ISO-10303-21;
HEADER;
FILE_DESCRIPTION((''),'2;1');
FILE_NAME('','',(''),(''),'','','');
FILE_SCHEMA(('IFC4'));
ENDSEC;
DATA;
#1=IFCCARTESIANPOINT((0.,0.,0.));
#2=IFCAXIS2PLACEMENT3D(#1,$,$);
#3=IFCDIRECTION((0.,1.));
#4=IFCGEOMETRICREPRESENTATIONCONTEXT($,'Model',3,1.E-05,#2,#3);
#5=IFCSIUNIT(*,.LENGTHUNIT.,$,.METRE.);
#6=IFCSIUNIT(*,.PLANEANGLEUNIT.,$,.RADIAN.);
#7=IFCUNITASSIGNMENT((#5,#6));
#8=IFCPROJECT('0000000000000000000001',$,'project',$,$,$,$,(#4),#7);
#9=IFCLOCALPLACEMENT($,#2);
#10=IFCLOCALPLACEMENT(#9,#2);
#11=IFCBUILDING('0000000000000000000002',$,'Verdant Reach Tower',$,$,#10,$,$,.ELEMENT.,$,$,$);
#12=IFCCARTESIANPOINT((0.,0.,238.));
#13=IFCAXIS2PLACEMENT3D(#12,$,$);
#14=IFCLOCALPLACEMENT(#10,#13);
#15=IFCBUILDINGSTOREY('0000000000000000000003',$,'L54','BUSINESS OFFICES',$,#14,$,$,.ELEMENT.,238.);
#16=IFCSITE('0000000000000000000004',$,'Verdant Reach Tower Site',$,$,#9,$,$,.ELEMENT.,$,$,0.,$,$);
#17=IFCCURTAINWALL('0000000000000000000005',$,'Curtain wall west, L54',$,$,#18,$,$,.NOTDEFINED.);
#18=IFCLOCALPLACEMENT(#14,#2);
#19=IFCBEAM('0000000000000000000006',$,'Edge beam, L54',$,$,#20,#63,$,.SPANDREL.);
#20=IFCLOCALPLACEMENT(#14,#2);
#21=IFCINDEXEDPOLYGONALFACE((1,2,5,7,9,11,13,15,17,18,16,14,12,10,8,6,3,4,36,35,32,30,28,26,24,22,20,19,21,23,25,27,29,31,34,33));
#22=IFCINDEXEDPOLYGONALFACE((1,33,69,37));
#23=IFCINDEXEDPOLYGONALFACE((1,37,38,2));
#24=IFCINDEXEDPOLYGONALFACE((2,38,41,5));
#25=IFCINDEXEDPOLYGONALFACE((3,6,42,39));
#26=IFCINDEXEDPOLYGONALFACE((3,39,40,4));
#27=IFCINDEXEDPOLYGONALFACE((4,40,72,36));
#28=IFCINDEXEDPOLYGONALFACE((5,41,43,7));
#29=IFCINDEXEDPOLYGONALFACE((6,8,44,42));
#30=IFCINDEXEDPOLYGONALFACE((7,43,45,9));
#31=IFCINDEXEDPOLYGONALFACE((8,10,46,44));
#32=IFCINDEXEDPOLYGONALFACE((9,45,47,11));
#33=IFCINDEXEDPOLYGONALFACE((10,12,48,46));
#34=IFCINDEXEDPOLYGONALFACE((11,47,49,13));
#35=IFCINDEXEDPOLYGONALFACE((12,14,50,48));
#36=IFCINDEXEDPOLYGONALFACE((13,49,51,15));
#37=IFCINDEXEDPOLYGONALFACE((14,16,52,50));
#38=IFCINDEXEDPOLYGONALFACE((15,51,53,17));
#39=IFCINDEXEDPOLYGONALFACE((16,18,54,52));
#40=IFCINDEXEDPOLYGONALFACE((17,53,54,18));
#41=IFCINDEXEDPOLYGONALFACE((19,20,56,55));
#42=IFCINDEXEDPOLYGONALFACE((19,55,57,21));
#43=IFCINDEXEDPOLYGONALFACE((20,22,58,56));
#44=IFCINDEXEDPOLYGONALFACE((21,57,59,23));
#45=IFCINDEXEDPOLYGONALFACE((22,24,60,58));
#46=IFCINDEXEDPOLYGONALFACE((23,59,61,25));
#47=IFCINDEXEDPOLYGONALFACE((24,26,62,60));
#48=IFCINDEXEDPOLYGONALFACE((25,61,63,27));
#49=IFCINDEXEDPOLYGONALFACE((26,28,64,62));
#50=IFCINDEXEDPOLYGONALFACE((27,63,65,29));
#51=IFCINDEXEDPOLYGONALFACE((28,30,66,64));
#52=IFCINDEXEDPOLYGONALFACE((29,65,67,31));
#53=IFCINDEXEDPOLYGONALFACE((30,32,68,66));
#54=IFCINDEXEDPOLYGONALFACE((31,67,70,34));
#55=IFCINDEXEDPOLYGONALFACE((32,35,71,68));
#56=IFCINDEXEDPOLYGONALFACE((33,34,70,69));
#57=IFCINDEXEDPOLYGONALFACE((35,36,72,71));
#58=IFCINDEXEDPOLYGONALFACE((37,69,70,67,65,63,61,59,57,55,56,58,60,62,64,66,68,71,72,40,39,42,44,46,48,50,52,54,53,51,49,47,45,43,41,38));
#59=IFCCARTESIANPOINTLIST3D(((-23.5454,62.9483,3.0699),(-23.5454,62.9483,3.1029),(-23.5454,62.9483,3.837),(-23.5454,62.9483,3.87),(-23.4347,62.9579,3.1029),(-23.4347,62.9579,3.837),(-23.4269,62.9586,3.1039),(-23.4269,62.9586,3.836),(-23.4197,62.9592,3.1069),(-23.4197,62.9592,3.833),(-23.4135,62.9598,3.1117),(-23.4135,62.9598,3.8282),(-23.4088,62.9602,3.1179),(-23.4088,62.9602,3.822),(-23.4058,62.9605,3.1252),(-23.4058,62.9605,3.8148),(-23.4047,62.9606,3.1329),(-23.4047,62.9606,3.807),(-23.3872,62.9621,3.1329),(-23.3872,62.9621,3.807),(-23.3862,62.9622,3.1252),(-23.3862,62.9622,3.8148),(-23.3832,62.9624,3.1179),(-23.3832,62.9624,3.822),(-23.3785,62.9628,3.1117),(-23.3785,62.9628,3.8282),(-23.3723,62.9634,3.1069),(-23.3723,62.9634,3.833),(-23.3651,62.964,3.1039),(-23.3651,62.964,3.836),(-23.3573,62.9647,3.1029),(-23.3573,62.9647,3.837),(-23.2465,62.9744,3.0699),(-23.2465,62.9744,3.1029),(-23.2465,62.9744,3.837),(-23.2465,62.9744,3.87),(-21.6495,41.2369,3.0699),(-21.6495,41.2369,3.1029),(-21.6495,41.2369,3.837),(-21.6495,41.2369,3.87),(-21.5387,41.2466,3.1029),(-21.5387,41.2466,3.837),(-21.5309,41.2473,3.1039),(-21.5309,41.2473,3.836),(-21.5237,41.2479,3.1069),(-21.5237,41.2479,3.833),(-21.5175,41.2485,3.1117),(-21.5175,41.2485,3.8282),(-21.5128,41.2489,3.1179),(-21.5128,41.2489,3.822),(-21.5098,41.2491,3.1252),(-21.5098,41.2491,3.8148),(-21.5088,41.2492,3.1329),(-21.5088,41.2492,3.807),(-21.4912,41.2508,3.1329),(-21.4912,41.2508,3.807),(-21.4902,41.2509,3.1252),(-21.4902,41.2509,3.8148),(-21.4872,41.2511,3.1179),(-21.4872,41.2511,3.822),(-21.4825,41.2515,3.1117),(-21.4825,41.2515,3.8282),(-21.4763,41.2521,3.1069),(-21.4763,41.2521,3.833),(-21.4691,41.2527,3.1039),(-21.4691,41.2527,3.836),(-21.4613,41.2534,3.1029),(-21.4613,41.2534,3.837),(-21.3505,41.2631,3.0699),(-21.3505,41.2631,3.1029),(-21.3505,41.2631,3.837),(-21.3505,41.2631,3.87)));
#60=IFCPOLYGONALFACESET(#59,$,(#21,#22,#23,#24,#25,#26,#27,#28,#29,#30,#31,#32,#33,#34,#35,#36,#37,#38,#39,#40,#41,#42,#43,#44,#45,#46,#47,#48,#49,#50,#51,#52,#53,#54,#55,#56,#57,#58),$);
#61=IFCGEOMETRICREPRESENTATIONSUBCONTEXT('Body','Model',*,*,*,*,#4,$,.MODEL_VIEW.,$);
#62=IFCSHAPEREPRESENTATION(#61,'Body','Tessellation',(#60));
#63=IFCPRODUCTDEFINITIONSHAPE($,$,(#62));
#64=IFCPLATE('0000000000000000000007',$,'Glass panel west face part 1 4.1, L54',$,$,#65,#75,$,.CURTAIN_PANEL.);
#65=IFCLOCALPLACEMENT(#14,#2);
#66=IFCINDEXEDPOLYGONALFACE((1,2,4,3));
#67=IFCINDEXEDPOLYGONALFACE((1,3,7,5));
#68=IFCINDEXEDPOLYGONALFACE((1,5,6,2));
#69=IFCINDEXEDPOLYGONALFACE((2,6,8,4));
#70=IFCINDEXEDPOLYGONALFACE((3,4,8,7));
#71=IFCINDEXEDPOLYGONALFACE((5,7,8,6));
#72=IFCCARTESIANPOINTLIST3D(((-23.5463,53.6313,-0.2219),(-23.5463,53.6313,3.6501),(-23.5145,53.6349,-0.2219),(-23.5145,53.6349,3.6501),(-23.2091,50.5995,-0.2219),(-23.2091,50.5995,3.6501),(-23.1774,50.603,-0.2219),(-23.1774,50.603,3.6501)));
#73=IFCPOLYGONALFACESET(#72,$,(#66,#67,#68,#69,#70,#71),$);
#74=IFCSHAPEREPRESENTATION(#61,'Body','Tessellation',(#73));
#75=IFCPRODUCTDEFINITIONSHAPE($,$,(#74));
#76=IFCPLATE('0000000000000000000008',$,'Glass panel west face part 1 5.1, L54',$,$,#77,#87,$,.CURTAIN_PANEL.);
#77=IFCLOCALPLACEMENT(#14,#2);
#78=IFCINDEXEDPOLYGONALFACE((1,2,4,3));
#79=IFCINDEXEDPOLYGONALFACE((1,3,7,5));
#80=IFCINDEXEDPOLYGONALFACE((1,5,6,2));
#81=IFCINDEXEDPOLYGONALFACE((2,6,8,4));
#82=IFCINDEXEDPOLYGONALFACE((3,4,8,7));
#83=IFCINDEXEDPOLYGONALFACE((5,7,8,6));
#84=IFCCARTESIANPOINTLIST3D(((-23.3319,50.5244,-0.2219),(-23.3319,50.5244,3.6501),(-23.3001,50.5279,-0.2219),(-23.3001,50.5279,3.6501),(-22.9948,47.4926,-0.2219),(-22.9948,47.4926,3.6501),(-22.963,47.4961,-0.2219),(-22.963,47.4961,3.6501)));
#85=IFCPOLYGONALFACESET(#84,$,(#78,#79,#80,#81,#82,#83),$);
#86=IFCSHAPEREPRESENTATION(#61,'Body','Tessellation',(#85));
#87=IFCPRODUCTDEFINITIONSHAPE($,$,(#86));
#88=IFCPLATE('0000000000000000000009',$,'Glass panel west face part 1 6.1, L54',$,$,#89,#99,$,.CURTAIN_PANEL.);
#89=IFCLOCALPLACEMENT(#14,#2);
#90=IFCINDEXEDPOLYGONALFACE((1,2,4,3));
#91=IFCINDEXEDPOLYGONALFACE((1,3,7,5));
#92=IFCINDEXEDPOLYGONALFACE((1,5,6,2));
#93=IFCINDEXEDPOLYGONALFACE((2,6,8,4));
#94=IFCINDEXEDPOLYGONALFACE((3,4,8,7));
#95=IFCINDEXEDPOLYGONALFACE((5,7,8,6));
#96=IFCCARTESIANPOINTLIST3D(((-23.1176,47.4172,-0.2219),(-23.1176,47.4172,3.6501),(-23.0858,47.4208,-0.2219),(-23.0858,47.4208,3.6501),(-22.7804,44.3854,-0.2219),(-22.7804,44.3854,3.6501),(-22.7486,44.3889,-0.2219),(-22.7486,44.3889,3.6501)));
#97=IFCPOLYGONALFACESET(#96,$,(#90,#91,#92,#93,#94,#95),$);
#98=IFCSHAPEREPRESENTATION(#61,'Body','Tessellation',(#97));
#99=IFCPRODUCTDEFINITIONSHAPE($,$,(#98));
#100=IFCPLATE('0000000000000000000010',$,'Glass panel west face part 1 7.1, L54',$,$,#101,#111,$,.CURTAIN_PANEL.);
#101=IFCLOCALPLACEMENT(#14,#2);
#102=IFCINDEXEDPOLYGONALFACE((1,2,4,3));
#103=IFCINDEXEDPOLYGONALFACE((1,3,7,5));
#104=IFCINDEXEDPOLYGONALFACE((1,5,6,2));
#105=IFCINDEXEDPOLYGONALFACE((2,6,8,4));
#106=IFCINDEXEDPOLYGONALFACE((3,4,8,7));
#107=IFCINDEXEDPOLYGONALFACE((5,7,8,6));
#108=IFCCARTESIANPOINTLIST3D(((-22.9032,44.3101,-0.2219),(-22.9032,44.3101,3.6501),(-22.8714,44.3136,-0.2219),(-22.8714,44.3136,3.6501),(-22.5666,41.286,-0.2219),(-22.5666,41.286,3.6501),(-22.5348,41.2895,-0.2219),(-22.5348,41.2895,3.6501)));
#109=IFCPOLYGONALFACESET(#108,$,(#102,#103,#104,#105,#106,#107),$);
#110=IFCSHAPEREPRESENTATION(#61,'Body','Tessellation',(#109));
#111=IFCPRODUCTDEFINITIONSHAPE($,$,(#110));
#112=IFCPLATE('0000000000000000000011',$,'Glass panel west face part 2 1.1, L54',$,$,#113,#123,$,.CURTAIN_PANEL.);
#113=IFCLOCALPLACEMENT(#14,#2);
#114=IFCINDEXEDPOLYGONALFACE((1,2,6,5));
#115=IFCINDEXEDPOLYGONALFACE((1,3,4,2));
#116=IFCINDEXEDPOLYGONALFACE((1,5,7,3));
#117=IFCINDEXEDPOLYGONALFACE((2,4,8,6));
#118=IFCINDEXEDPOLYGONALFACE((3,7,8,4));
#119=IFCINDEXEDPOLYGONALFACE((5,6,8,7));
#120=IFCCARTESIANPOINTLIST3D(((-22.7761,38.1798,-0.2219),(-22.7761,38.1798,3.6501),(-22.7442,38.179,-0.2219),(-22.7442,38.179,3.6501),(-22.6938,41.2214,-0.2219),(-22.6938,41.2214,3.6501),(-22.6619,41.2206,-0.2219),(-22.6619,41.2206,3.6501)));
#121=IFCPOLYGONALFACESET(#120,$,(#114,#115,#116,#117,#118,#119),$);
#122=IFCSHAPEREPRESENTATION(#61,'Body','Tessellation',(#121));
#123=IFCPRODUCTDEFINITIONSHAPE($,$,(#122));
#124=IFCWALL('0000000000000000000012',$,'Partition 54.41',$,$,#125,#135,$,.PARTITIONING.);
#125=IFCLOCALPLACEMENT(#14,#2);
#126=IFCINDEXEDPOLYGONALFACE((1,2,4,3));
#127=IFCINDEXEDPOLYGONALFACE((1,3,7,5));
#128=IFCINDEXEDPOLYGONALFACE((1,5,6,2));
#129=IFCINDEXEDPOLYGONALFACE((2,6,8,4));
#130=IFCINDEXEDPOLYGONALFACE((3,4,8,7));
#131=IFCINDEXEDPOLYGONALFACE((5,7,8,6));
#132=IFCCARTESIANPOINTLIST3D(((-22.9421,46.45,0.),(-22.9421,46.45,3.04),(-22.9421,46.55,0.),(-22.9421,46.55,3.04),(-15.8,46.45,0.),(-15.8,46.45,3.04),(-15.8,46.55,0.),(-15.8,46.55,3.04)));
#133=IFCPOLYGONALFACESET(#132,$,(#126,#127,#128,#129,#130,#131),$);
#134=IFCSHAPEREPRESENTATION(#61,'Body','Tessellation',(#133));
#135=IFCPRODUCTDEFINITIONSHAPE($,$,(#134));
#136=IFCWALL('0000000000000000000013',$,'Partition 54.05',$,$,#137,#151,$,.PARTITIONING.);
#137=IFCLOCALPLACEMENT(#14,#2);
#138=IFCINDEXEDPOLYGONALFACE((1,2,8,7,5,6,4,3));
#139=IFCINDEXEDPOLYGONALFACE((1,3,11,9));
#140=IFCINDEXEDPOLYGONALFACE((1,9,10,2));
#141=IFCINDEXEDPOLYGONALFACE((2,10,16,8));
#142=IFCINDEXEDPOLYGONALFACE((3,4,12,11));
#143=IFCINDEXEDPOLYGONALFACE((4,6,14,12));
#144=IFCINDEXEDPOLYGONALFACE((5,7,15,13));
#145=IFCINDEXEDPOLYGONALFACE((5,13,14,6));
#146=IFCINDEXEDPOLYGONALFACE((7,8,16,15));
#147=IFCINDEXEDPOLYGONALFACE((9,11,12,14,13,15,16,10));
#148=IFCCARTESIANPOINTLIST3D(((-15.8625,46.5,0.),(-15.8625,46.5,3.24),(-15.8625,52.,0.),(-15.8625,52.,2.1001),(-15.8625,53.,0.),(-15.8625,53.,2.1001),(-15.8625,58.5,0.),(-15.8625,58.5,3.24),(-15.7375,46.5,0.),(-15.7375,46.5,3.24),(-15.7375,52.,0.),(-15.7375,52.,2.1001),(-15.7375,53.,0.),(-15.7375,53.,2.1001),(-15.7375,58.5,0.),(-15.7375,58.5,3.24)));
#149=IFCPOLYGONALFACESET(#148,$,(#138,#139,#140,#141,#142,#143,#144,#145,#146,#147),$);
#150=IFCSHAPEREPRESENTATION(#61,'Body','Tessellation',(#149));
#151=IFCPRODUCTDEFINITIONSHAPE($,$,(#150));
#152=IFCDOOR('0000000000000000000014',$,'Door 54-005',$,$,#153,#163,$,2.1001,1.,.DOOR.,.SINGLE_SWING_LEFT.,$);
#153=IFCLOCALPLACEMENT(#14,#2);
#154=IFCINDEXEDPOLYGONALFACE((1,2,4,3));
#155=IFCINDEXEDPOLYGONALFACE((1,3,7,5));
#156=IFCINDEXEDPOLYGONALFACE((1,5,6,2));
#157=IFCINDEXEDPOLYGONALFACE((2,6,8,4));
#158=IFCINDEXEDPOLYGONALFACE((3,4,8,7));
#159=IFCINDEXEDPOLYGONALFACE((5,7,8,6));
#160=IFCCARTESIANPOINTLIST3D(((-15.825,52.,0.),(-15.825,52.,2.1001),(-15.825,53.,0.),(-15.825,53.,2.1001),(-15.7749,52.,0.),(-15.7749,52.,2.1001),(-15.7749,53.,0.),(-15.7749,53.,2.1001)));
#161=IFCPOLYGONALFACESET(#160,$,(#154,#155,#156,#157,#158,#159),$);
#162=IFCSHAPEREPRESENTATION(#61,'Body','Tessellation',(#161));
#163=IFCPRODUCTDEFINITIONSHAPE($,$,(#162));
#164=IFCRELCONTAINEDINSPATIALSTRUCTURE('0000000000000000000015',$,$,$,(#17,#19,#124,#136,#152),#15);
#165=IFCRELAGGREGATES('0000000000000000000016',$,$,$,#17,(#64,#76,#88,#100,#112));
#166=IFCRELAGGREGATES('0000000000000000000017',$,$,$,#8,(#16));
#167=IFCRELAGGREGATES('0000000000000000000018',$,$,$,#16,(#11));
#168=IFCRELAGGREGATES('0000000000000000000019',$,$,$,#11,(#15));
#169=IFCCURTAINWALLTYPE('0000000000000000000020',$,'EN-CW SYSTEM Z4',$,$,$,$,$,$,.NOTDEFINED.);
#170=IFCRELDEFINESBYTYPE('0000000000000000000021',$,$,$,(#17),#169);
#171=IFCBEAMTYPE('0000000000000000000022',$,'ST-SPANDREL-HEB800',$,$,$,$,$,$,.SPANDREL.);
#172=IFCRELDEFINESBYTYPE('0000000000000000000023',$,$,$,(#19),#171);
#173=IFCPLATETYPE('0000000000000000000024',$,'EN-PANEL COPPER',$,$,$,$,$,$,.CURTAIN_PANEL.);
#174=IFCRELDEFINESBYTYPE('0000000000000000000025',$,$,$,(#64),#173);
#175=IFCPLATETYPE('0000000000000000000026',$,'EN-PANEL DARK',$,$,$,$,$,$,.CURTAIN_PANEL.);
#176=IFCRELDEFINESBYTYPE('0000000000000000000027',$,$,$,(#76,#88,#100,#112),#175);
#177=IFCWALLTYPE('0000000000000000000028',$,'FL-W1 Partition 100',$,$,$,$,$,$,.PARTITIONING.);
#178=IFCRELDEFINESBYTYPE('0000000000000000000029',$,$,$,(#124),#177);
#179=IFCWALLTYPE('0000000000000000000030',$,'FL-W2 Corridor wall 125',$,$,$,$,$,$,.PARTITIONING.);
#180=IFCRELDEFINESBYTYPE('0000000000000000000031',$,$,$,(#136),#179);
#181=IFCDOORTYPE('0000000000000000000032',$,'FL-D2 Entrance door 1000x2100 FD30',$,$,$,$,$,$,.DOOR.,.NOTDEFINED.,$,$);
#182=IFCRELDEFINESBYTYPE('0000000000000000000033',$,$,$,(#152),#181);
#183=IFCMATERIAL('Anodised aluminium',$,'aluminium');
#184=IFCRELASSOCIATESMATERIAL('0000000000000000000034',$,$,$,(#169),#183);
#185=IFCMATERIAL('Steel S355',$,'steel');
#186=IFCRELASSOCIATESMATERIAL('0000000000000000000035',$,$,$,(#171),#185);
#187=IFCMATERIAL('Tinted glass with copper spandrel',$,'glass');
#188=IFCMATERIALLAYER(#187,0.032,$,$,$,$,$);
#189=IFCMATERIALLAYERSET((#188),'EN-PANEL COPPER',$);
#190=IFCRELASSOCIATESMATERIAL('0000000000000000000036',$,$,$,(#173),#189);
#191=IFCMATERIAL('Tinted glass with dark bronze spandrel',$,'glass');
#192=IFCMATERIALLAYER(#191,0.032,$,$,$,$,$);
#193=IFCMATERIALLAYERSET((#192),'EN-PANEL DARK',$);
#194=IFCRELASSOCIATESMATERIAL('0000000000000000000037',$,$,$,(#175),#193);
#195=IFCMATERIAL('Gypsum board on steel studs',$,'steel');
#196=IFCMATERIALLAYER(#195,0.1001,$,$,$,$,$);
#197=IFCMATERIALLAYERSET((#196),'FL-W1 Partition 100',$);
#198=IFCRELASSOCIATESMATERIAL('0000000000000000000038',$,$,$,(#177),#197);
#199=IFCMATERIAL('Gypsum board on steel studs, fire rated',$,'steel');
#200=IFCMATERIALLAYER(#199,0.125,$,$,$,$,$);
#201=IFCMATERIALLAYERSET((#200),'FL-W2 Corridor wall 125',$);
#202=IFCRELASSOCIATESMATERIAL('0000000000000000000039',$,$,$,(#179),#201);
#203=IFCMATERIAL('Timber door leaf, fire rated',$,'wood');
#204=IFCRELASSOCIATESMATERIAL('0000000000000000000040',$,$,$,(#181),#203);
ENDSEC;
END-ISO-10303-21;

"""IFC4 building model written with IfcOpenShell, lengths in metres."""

from ifc_helpers import new_model, si_unit, direction, frame, frame_2d, origin, origin_2d, place, context, subcontext, project, spatial, rectangle, i_section, extrude, material, layer, layer_set, material_profile, profile_set, type_object, element, fill, aggregate, save


model = new_model("IFC4")

# Units and contexts
model_context = context("Model", 3, precision=1e-05, world=origin(), true_north=direction((0.0, 1.0)))
body_context = subcontext(model_context, "Body", "Model", "MODEL_VIEW")
ifc_project = project(units=[si_unit("LENGTHUNIT", "METRE"), si_unit("PLANEANGLEUNIT", "RADIAN")], contexts=[model_context])

# Site, building, storey
site_placement = place(None, origin())
site = spatial("IfcSite", under=ifc_project, at=site_placement, Name="Verdant Reach Tower Site", CompositionType="ELEMENT", RefElevation=0.0)
building_placement = place(site_placement, origin())
building = spatial("IfcBuilding", under=site, at=building_placement, Name="Verdant Reach Tower", CompositionType="ELEMENT")
storey_placement = place(building_placement, frame((0.0, 0.0, 238.0)))
storey = spatial("IfcBuildingStorey", under=building, at=storey_placement, Name="L54", Description="BUSINESS OFFICES", CompositionType="ELEMENT", Elevation=238.0)

# Curtain wall
ifc_material_1 = material(Name="Anodised aluminium", Category="aluminium")
curtain_wall_type = type_object("IfcCurtainWallType", Name="EN-CW SYSTEM Z4", PredefinedType="NOTDEFINED", material=ifc_material_1)
curtain_wall_placement = place(storey_placement, origin())
curtain_wall = element("IfcCurtainWall", 1, at=curtain_wall_placement, inside=storey, type_object=curtain_wall_type, Name="Curtain wall west, L54", PredefinedType="NOTDEFINED")

# Beam
ifc_material_2 = material(Name="Steel S355", Category="steel")
ifc_material_profile_1 = material_profile(ifc_material_2, i_section(OverallWidth=0.3, OverallDepth=0.8, WebThickness=0.0176, FlangeThickness=0.033, FilletRadius=0.03, at=origin_2d()), Name="HEB 800")
ifc_profile_set_1 = profile_set([ifc_material_profile_1], Name="Steel S355")
beam_type_1 = type_object("IfcBeamType", Name="ST-SPANDREL-HEB800", PredefinedType="SPANDREL", material=ifc_profile_set_1)
beam_1_placement = place(storey_placement, frame((-21.5, 41.25, 3.47), z_axis=(-0.086996, 0.996209, 0.0), x_axis=(-0.996209, -0.086996, 0.0)))
element("IfcBeam", 2, at=beam_1_placement, inside=storey, type_object=beam_type_1, Name="Edge beam, L54", PredefinedType="SPANDREL", context=body_context, shape_type="SweptSolid", body=[
    extrude(i_section(OverallWidth=0.3, OverallDepth=0.8, WebThickness=0.0176, FlangeThickness=0.033, FilletRadius=0.03, at=origin_2d()), origin(), (0.0, 0.0, 1.0), 21.7939),
])

# Plates
ifc_material_3 = material(Name="Tinted glass with copper spandrel", Category="glass")
ifc_layer_1 = layer(ifc_material_3, 0.032)
ifc_layer_set_1 = layer_set([ifc_layer_1], Name="EN-PANEL COPPER")
plate_type_1 = type_object("IfcPlateType", Name="EN-PANEL COPPER", PredefinedType="CURTAIN_PANEL", material=ifc_layer_set_1)
plate_1_placement = place(storey_placement, frame((-23.3618, 52.1172, -0.2219), z_axis=(0.0, 0.0, 1.0), x_axis=(0.110518, -0.993874, 0.0)))
plate_1 = element("IfcPlate", 3, at=plate_1_placement, type_object=plate_type_1, Name="Glass panel west face part 1 4.1, L54", PredefinedType="CURTAIN_PANEL", context=body_context, shape_type="SweptSolid", body=[
    extrude(rectangle(XDim=3.0505, YDim=0.032, at=origin_2d()), origin(), (0.0, 0.0, 1.0), 3.8721),
])
ifc_material_4 = material(Name="Tinted glass with dark bronze spandrel", Category="glass")
ifc_layer_2 = layer(ifc_material_4, 0.032)
ifc_layer_set_2 = layer_set([ifc_layer_2], Name="EN-PANEL DARK")
plate_type_2 = type_object("IfcPlateType", Name="EN-PANEL DARK", PredefinedType="CURTAIN_PANEL", material=ifc_layer_set_2)
plate_2_placement = place(storey_placement, frame((-23.1475, 49.0103, -0.2219), z_axis=(0.0, 0.0, 1.0), x_axis=(0.110518, -0.993874, 0.0)))
plate_2 = element("IfcPlate", 4, at=plate_2_placement, type_object=plate_type_2, Name="Glass panel west face part 1 5.1, L54", PredefinedType="CURTAIN_PANEL", context=body_context, shape_type="SweptSolid", body=[
    extrude(rectangle(XDim=3.0505, YDim=0.032, at=origin_2d()), origin(), (0.0, 0.0, 1.0), 3.8721),
])
plate_3_placement = place(storey_placement, frame((-22.9331, 45.9031, -0.2219), z_axis=(0.0, 0.0, 1.0), x_axis=(0.110518, -0.993874, 0.0)))
plate_3 = element("IfcPlate", 5, at=plate_3_placement, type_object=plate_type_2, Name="Glass panel west face part 1 6.1, L54", PredefinedType="CURTAIN_PANEL", context=body_context, shape_type="SweptSolid", body=[
    extrude(rectangle(XDim=3.0505, YDim=0.032, at=origin_2d()), origin(), (0.0, 0.0, 1.0), 3.8721),
])
plate_4_placement = place(storey_placement, frame((-22.719, 42.7998, -0.2219), z_axis=(0.0, 0.0, 1.0), x_axis=(0.110603, -0.993865, 0.0)))
plate_4 = element("IfcPlate", 6, at=plate_4_placement, type_object=plate_type_2, Name="Glass panel west face part 1 7.1, L54", PredefinedType="CURTAIN_PANEL", context=body_context, shape_type="SweptSolid", body=[
    extrude(rectangle(XDim=3.0427, YDim=0.032, at=origin_2d()), origin(), (0.0, 0.0, 1.0), 3.8721),
])
plate_5_placement = place(storey_placement, frame((-22.719, 39.7002, -0.2219), z_axis=(0.0, 0.0, 1.0), x_axis=(-0.027051, -0.999634, 0.0)))
plate_5 = element("IfcPlate", 7, at=plate_5_placement, type_object=plate_type_2, Name="Glass panel west face part 2 1.1, L54", PredefinedType="CURTAIN_PANEL", context=body_context, shape_type="SweptSolid", body=[
    extrude(rectangle(XDim=3.0427, YDim=0.032, at=origin_2d()), origin(), (0.0, 0.0, 1.0), 3.8721),
])
aggregate(curtain_wall, [plate_1, plate_2, plate_3, plate_4, plate_5])

# Wall
ifc_material_5 = material(Name="Gypsum board on steel studs", Category="steel")
ifc_layer_3 = layer(ifc_material_5, 0.1001)
ifc_layer_set_3 = layer_set([ifc_layer_3], Name="FL-W1 Partition 100")
wall_type_1 = type_object("IfcWallType", Name="FL-W1 Partition 100", PredefinedType="PARTITIONING", material=ifc_layer_set_3)
wall_1_placement = place(storey_placement, frame((-15.8, 46.5, 0.0), z_axis=(0.0, 0.0, 1.0), x_axis=(-1.0, 0.0, 0.0)))
element("IfcWall", 8, at=wall_1_placement, inside=storey, type_object=wall_type_1, Name="Partition 54.41", PredefinedType="PARTITIONING", context=body_context, shape_type="SweptSolid", body=[
    extrude(rectangle(XDim=7.1421, YDim=0.1001, at=frame_2d((3.571, 0.0))), origin(), (0.0, 0.0, 1.0), 3.04),
])

# Wall, opening, door
ifc_material_6 = material(Name="Gypsum board on steel studs, fire rated", Category="steel")
ifc_layer_4 = layer(ifc_material_6, 0.125)
ifc_layer_set_4 = layer_set([ifc_layer_4], Name="FL-W2 Corridor wall 125")
wall_type_2 = type_object("IfcWallType", Name="FL-W2 Corridor wall 125", PredefinedType="PARTITIONING", material=ifc_layer_set_4)
wall_2_placement = place(storey_placement, frame((-15.8, 46.5, 0.0), z_axis=(0.0, 0.0, 1.0), x_axis=(0.0, 1.0, 0.0)))
wall_2 = element("IfcWall", 9, at=wall_2_placement, inside=storey, type_object=wall_type_2, Name="Partition 54.05", PredefinedType="PARTITIONING", context=body_context, shape_type="SweptSolid", body=[
    extrude(rectangle(XDim=12.0, YDim=0.125, at=frame_2d((6.0, 0.0))), origin(), (0.0, 0.0, 1.0), 3.24),
])
opening_1_placement = place(wall_2_placement, frame((5.5, 0.0, 0.0)))
opening_1 = element("IfcOpeningElement", 10, at=opening_1_placement, cuts=wall_2, PredefinedType="OPENING", context=body_context, shape_type="SweptSolid", body=[
    extrude(rectangle(XDim=1.0, YDim=2.1001, at=frame_2d((0.5, 1.05))), frame((0.0, 0.0725, 0.0), z_axis=(0.0, -1.0, 0.0), x_axis=(1.0, 0.0, 0.0)), (0.0, 0.0, 1.0), 0.145),
])
ifc_material_7 = material(Name="Timber door leaf, fire rated", Category="wood")
door_type = type_object("IfcDoorType", Name="FL-D2 Entrance door 1000x2100 FD30", OperationType="NOTDEFINED", PredefinedType="DOOR", material=ifc_material_7)
door_1_placement = place(opening_1_placement, origin())
door_1 = element("IfcDoor", 11, at=door_1_placement, inside=storey, type_object=door_type, Name="Door 54-005", OperationType="SINGLE_SWING_LEFT", OverallHeight=2.1001, OverallWidth=1.0, PredefinedType="DOOR", context=body_context, shape_type="SweptSolid", body=[
    extrude(rectangle(XDim=1.0, YDim=2.1001, at=frame_2d((0.5, 1.05))), frame((0.0, 0.0249, 0.0), z_axis=(0.0, -1.0, 0.0), x_axis=(1.0, 0.0, 0.0)), (0.0, 0.0, 1.0), 0.05),
])
fill(opening_1, door_1)

save(model, "model.ifc")
